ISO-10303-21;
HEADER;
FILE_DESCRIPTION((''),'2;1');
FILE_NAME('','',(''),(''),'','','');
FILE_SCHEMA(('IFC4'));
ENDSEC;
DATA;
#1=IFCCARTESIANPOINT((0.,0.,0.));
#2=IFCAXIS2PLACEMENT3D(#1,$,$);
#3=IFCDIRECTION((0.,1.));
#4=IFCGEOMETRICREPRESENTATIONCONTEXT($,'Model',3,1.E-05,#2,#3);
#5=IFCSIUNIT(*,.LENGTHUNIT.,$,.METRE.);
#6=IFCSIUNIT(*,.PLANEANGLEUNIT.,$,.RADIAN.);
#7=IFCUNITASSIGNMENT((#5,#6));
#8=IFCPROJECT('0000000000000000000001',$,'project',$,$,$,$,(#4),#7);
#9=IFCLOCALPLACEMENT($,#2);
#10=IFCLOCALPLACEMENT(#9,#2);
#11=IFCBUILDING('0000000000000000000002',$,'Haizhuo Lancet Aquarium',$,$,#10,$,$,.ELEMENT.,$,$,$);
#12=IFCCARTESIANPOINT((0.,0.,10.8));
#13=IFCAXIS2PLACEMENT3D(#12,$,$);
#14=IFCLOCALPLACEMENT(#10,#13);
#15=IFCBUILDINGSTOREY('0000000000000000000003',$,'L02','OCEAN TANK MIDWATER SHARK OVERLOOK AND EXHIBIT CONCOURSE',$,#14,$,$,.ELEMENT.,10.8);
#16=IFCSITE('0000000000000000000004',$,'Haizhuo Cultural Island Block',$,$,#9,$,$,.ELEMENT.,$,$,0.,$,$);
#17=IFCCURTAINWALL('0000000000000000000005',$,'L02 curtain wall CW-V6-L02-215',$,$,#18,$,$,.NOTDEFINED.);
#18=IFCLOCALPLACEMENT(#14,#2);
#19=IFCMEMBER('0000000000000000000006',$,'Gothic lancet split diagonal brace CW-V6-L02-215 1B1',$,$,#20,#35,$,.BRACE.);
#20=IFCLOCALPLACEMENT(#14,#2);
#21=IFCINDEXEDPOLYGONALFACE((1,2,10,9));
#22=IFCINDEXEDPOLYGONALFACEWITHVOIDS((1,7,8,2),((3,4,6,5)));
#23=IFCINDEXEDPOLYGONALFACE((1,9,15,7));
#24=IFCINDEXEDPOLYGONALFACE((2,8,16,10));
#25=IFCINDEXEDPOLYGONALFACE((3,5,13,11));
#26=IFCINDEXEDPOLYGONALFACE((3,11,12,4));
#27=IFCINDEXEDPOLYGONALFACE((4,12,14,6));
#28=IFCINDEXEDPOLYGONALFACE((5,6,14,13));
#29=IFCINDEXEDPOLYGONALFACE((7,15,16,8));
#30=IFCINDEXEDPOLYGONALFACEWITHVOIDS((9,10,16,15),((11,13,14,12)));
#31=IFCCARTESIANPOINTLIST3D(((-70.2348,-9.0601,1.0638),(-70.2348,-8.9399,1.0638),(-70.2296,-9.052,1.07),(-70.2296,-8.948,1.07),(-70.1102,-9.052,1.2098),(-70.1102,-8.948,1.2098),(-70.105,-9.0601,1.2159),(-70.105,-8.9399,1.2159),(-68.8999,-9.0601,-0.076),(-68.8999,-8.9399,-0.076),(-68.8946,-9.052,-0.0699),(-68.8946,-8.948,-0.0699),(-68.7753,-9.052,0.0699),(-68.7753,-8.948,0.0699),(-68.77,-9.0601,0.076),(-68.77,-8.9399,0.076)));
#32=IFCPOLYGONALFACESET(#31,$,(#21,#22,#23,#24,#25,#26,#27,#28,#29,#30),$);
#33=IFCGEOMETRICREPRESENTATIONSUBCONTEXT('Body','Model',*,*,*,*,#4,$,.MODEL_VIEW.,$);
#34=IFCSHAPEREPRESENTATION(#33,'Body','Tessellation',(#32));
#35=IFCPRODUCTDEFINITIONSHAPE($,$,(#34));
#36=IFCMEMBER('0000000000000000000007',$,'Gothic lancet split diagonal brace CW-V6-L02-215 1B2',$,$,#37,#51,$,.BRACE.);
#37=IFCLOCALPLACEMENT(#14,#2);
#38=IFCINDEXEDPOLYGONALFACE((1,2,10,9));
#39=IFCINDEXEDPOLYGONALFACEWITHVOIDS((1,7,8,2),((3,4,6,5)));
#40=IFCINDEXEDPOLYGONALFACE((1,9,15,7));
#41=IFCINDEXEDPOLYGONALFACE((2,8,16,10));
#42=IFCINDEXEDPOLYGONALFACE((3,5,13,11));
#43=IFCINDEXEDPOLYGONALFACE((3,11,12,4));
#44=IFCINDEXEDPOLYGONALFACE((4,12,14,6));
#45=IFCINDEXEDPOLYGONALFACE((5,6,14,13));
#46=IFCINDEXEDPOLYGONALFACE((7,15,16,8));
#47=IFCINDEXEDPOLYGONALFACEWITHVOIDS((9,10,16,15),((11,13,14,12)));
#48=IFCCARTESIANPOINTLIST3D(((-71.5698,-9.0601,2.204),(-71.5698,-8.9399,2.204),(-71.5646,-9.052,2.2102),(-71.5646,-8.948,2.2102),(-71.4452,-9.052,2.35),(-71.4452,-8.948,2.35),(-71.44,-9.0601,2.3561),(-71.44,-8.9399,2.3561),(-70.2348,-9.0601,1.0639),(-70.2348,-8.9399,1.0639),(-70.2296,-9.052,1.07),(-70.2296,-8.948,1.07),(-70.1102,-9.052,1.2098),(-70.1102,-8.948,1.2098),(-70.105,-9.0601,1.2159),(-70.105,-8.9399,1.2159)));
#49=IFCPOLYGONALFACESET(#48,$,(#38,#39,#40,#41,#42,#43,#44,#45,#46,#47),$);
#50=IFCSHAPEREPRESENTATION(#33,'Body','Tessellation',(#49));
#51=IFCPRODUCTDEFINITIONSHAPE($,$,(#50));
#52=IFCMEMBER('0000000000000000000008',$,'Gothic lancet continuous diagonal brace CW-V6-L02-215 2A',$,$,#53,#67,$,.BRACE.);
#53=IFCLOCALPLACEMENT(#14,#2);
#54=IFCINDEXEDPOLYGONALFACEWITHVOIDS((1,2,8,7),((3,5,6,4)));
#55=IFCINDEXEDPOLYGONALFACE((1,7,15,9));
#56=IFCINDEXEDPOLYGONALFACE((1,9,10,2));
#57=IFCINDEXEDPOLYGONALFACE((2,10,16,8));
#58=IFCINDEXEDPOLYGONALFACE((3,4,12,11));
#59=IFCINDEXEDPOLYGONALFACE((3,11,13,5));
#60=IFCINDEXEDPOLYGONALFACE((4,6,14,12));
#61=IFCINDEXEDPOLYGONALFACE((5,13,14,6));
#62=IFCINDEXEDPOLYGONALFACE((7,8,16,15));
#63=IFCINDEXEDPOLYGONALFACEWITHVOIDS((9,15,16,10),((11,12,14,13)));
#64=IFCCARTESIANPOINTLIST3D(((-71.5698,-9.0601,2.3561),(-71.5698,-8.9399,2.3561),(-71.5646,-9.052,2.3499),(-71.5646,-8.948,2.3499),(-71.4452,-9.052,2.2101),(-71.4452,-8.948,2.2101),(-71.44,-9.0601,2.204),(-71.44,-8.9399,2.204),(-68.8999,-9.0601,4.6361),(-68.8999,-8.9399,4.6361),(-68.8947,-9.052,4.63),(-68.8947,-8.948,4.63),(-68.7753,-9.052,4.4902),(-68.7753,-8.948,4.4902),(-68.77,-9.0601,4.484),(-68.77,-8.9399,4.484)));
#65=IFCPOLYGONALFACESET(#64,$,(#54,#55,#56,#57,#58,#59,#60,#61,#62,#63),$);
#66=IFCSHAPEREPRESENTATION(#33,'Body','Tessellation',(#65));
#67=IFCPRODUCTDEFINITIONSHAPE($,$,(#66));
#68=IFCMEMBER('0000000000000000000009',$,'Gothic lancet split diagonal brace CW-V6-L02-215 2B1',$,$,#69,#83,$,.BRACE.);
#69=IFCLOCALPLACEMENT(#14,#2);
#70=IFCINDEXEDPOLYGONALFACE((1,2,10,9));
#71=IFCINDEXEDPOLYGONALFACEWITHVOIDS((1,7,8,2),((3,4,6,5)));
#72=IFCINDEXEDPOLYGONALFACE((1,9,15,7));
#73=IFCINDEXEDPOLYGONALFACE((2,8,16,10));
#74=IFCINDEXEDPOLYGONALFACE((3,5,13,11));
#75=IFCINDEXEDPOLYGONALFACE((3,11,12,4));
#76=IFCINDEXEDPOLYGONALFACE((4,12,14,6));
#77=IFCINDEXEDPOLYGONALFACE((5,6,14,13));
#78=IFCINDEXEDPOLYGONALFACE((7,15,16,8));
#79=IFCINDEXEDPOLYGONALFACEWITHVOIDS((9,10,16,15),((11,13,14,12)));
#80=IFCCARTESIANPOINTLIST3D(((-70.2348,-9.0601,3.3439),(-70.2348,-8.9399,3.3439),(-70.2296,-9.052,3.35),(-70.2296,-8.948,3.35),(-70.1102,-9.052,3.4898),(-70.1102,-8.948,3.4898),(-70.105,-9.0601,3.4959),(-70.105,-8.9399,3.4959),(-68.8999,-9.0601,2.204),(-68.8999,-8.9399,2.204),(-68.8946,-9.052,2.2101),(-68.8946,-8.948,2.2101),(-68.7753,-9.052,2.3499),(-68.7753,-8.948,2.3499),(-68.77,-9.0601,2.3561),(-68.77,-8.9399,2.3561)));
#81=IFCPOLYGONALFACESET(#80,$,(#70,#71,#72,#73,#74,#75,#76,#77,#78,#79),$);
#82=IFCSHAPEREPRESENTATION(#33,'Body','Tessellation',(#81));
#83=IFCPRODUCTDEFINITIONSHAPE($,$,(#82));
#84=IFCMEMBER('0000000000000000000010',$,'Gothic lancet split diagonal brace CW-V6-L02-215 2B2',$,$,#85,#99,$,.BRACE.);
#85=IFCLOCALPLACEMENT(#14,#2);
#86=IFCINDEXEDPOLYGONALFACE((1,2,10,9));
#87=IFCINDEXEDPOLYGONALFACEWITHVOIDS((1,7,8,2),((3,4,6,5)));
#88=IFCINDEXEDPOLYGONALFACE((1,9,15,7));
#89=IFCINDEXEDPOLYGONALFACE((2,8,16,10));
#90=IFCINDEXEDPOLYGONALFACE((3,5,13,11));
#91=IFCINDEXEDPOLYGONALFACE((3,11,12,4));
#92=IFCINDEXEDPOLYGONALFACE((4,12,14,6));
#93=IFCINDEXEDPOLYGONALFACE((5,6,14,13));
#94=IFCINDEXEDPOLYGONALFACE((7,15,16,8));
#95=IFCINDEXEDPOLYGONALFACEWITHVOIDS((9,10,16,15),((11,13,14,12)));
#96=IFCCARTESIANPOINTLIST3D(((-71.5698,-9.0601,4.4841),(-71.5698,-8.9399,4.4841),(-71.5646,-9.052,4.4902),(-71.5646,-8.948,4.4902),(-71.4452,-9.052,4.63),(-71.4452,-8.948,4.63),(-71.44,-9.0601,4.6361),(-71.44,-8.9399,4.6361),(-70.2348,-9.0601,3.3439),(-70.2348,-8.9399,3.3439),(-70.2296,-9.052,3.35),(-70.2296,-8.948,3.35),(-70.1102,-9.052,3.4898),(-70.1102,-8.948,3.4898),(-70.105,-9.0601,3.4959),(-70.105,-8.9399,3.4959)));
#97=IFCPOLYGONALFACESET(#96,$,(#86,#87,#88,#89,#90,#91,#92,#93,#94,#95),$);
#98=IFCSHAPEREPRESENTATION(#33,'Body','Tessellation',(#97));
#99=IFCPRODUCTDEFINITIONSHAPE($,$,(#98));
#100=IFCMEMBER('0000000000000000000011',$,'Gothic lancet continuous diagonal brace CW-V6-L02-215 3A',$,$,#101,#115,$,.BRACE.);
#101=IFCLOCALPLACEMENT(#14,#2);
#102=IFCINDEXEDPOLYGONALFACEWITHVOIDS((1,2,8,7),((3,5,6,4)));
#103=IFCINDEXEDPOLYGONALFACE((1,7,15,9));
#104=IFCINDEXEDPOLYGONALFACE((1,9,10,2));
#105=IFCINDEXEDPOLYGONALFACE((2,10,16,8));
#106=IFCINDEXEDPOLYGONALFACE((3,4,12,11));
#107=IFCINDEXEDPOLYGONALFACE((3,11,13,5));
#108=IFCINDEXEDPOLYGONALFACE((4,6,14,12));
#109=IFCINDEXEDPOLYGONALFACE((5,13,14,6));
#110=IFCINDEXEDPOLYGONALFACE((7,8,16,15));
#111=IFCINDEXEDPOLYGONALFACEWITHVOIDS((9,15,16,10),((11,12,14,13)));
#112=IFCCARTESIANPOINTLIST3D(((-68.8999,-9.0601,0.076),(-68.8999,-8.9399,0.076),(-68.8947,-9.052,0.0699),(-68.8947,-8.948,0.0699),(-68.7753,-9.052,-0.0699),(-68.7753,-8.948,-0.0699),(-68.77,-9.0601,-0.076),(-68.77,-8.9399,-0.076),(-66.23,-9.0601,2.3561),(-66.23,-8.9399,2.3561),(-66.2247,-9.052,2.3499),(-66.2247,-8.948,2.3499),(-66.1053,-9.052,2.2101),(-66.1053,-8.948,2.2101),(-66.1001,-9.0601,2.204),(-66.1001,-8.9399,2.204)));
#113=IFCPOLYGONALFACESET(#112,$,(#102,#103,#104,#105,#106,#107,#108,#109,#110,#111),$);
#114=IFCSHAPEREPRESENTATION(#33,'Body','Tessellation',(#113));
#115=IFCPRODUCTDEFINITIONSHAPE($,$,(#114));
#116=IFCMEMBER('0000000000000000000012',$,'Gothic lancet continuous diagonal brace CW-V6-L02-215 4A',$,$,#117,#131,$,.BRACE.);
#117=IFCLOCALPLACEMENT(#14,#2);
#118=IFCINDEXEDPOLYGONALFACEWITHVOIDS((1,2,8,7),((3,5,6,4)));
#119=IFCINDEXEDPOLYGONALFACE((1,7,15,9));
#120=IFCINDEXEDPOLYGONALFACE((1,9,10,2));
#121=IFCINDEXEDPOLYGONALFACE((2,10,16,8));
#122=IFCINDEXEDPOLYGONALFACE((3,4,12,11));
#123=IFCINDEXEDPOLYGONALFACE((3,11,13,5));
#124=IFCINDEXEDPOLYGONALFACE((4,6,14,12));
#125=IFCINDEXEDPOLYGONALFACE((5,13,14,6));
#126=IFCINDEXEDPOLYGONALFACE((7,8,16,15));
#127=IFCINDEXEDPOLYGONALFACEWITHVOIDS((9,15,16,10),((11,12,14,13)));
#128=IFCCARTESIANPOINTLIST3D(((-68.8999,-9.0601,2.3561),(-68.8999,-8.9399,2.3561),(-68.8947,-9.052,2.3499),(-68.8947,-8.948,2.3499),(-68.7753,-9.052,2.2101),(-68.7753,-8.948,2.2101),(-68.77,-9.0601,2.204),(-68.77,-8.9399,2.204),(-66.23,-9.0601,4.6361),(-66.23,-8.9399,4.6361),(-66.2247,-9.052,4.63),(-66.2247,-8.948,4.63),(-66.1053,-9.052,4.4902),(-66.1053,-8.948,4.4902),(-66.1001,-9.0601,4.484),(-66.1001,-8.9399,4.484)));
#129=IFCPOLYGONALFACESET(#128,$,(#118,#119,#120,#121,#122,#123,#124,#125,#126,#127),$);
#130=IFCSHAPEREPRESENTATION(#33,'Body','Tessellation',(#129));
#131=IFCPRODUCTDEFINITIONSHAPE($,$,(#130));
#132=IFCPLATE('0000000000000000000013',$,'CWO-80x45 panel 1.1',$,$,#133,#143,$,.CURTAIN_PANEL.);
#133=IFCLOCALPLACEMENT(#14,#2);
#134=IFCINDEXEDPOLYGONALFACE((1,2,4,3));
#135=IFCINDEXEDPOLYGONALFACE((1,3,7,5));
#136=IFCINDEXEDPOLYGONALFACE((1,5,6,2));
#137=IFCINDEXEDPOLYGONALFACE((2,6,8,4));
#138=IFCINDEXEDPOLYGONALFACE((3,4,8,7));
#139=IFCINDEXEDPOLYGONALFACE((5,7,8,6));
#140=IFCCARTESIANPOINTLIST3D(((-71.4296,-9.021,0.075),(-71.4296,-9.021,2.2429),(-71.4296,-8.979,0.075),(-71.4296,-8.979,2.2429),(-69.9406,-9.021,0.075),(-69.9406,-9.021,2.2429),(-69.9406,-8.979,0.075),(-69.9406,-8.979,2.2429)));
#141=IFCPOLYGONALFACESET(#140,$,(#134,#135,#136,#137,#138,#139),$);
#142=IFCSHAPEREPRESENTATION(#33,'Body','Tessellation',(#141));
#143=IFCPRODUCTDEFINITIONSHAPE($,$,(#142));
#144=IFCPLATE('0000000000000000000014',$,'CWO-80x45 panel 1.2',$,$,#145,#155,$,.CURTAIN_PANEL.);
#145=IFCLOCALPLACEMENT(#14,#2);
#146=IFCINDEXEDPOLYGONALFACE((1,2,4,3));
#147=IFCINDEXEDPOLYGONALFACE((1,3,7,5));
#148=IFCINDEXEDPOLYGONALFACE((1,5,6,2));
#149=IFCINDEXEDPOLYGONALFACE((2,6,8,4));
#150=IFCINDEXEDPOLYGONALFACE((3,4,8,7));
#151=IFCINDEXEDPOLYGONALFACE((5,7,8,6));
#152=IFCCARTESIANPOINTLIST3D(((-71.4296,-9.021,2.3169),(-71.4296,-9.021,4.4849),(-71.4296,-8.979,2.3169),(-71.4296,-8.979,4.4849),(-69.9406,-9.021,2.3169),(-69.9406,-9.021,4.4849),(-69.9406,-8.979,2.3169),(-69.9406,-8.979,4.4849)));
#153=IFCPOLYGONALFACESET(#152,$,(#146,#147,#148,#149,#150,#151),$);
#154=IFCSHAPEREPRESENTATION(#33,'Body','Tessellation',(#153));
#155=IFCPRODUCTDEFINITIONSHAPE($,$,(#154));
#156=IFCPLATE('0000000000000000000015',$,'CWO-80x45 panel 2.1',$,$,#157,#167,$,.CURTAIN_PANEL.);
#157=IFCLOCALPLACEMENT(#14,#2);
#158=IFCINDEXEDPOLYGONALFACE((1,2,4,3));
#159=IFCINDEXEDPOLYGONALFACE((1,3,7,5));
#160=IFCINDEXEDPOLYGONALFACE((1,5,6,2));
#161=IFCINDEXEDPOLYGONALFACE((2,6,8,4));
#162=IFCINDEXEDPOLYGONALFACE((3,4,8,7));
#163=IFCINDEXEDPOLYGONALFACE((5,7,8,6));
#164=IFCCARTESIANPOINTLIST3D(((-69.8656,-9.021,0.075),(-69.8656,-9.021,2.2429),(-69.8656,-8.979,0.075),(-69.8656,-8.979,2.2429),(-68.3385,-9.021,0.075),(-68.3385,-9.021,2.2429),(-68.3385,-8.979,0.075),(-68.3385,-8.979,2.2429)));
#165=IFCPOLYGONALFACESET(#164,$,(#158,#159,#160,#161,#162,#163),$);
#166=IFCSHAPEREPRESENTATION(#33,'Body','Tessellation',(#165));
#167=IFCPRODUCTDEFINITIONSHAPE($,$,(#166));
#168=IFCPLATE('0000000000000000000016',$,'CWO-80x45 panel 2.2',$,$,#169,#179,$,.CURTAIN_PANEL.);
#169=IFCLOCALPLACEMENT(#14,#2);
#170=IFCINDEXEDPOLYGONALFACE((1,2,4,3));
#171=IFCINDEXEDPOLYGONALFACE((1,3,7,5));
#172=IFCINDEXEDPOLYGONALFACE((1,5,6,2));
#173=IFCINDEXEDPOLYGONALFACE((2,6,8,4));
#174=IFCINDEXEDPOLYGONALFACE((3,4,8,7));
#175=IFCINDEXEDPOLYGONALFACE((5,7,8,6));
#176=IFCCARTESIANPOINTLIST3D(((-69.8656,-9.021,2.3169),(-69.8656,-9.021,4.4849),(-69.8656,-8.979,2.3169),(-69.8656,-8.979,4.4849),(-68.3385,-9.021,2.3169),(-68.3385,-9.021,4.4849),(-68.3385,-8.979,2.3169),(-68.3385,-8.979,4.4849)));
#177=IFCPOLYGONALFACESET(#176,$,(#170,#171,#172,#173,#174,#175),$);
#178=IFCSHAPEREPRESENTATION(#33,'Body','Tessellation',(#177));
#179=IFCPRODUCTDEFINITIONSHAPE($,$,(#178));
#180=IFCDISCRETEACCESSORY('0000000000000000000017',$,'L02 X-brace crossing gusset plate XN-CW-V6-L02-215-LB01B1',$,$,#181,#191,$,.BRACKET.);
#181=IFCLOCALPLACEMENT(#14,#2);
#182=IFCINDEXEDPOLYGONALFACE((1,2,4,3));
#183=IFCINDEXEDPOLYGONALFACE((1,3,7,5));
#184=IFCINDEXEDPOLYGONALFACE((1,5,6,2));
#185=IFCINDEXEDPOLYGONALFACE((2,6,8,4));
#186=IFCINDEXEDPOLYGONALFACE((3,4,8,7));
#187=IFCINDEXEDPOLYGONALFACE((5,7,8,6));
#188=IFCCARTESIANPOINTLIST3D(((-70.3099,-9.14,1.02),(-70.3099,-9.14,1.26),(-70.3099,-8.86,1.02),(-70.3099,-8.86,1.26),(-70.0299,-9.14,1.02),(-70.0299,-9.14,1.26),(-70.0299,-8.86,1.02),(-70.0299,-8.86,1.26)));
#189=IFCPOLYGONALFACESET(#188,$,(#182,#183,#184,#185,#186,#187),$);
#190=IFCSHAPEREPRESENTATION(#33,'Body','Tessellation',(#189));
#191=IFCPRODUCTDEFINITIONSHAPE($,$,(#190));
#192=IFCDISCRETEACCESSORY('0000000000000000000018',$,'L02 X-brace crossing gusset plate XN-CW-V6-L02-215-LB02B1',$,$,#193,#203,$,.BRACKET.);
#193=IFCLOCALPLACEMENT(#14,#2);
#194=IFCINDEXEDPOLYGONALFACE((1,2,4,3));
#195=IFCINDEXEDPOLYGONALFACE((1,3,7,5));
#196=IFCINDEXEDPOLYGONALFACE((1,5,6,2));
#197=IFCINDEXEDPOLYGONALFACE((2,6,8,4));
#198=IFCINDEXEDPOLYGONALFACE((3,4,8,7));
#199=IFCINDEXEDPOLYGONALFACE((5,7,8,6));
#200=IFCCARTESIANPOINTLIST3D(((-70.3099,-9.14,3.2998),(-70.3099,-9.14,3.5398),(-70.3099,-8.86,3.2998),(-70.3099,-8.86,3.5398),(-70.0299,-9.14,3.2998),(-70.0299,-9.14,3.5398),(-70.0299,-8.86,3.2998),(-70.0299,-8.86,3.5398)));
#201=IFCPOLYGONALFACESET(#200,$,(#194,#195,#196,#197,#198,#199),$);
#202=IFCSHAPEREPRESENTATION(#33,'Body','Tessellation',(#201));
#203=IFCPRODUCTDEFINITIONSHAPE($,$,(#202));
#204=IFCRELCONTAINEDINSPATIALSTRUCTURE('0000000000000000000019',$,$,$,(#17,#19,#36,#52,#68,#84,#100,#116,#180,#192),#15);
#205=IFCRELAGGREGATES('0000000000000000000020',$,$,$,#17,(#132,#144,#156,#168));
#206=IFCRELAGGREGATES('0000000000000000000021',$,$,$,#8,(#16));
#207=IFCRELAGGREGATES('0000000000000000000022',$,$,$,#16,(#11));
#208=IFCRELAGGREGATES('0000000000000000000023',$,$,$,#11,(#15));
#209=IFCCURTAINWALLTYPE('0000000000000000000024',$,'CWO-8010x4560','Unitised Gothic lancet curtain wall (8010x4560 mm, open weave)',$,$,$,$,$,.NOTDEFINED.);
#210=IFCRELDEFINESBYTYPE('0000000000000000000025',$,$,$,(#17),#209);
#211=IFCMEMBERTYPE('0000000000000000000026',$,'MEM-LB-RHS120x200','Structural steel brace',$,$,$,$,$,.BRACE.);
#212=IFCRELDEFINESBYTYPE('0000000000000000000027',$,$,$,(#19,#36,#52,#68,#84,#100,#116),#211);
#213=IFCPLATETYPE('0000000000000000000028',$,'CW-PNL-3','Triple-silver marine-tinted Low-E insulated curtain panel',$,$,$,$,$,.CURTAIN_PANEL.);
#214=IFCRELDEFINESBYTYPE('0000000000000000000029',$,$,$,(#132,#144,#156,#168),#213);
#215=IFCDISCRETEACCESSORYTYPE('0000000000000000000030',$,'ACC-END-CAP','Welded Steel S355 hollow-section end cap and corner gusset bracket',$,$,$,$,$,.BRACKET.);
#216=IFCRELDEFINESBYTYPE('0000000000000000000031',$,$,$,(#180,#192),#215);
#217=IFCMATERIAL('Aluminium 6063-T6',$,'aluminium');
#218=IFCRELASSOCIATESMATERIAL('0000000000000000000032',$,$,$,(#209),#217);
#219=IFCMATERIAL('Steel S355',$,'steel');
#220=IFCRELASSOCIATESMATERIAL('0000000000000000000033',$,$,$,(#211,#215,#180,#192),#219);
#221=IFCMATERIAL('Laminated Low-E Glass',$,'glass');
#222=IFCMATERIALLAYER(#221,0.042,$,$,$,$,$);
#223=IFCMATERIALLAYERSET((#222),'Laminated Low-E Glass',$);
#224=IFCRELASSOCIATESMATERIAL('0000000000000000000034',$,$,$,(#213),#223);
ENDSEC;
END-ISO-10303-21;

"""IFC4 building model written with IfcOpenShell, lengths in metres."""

from ifc_helpers import new_model, si_unit, direction, frame, origin, origin_2d, place, context, subcontext, project, spatial, rectangle, hollow_rectangle, extrude, material, layer, layer_set, material_profile, profile_set, type_object, element, aggregate, save


model = new_model("IFC4")

# Units and contexts
model_context = context("Model", 3, precision=1e-05, world=origin(), true_north=direction((0.0, 1.0)))
body_context = subcontext(model_context, "Body", "Model", "MODEL_VIEW")
ifc_project = project(units=[si_unit("LENGTHUNIT", "METRE"), si_unit("PLANEANGLEUNIT", "RADIAN")], contexts=[model_context])

# Site, building, storey
site_placement = place(None, origin())
site = spatial("IfcSite", under=ifc_project, at=site_placement, Name="Haizhuo Cultural Island Block", CompositionType="ELEMENT", RefElevation=0.0)
building_placement = place(site_placement, origin())
building = spatial("IfcBuilding", under=site, at=building_placement, Name="Haizhuo Lancet Aquarium", CompositionType="ELEMENT")
storey_placement = place(building_placement, frame((0.0, 0.0, 10.8)))
storey = spatial("IfcBuildingStorey", under=building, at=storey_placement, Name="L02", Description="OCEAN TANK MIDWATER SHARK OVERLOOK AND EXHIBIT CONCOURSE", CompositionType="ELEMENT", Elevation=10.8)

# Curtain wall
ifc_material_1 = material(Name="Aluminium 6063-T6", Category="aluminium")
curtain_wall_type = type_object("IfcCurtainWallType", Name="CWO-8010x4560", Description="Unitised Gothic lancet curtain wall (8010x4560 mm, open weave)", PredefinedType="NOTDEFINED", material=ifc_material_1)
curtain_wall_placement = place(storey_placement, origin())
curtain_wall = element("IfcCurtainWall", 1, at=curtain_wall_placement, inside=storey, type_object=curtain_wall_type, Name="L02 curtain wall CW-V6-L02-215", PredefinedType="NOTDEFINED")

# Members
ifc_material_2 = material(Name="Steel S355", Category="steel")
ifc_material_profile_1 = material_profile(ifc_material_2, hollow_rectangle(XDim=0.1201, YDim=0.2, WallThickness=0.0081, at=origin_2d()), Name="RHS 120x200x8")
ifc_profile_set_1 = profile_set([ifc_material_profile_1], Name="Steel S355")
member_type_1 = type_object("IfcMemberType", Name="MEM-LB-RHS120x200", Description="Structural steel brace", PredefinedType="BRACE", material=ifc_profile_set_1)
member_1_placement = place(storey_placement, frame((-68.835, -9.0, 0.0), z_axis=(-0.760482, 0.0, 0.649359), x_axis=(0.0, -1.0, 0.0)))
element("IfcMember", 2, at=member_1_placement, inside=storey, type_object=member_type_1, Name="Gothic lancet split diagonal brace CW-V6-L02-215 1B1", PredefinedType="BRACE", context=body_context, shape_type="SweptSolid", body=[
    extrude(hollow_rectangle(XDim=0.1201, YDim=0.2, WallThickness=0.0081, at=origin_2d()), origin(), (0.0, 0.0, 1.0), 1.7554),
])
member_2_placement = place(storey_placement, frame((-70.1699, -9.0, 1.1399), z_axis=(-0.760414, 0.0, 0.649439), x_axis=(0.0, -1.0, 0.0)))
element("IfcMember", 3, at=member_2_placement, inside=storey, type_object=member_type_1, Name="Gothic lancet split diagonal brace CW-V6-L02-215 1B2", PredefinedType="BRACE", context=body_context, shape_type="SweptSolid", body=[
    extrude(hollow_rectangle(XDim=0.1201, YDim=0.2, WallThickness=0.0081, at=origin_2d()), origin(), (0.0, 0.0, 1.0), 1.7556),
])
member_3_placement = place(storey_placement, frame((-71.5049, -9.0, 2.28), z_axis=(0.760448, 0.0, 0.649399), x_axis=(0.0, 1.0, 0.0)))
element("IfcMember", 4, at=member_3_placement, inside=storey, type_object=member_type_1, Name="Gothic lancet continuous diagonal brace CW-V6-L02-215 2A", PredefinedType="BRACE", context=body_context, shape_type="SweptSolid", body=[
    extrude(hollow_rectangle(XDim=0.1201, YDim=0.2, WallThickness=0.0081, at=origin_2d()), origin(), (0.0, 0.0, 1.0), 3.511),
])
member_4_placement = place(storey_placement, frame((-68.835, -9.0, 2.28), z_axis=(-0.760482, 0.0, 0.649359), x_axis=(0.0, -1.0, 0.0)))
element("IfcMember", 5, at=member_4_placement, inside=storey, type_object=member_type_1, Name="Gothic lancet split diagonal brace CW-V6-L02-215 2B1", PredefinedType="BRACE", context=body_context, shape_type="SweptSolid", body=[
    extrude(hollow_rectangle(XDim=0.1201, YDim=0.2, WallThickness=0.0081, at=origin_2d()), origin(), (0.0, 0.0, 1.0), 1.7554),
])
member_5_placement = place(storey_placement, frame((-70.1699, -9.0, 3.4199), z_axis=(-0.760414, 0.0, 0.649439), x_axis=(0.0, -1.0, 0.0)))
element("IfcMember", 6, at=member_5_placement, inside=storey, type_object=member_type_1, Name="Gothic lancet split diagonal brace CW-V6-L02-215 2B2", PredefinedType="BRACE", context=body_context, shape_type="SweptSolid", body=[
    extrude(hollow_rectangle(XDim=0.1201, YDim=0.2, WallThickness=0.0081, at=origin_2d()), origin(), (0.0, 0.0, 1.0), 1.7556),
])
for number, where, z_axis, x_axis, name in (
    (7, (-68.835, -9.0, 0.0), (0.760448, 0.0, 0.649399), (0.0, 1.0, 0.0), "Gothic lancet continuous diagonal brace CW-V6-L02-215 3A"),
    (8, (-68.835, -9.0, 2.28), (0.760448, 0.0, 0.649399), (0.0, 1.0, 0.0), "Gothic lancet continuous diagonal brace CW-V6-L02-215 4A"),
):
    element("IfcMember", number, at=place(storey_placement, frame(where, z_axis=z_axis, x_axis=x_axis)), inside=storey, type_object=member_type_1, Name=name, PredefinedType="BRACE", context=body_context, shape_type="SweptSolid", body=[
        extrude(hollow_rectangle(XDim=0.1201, YDim=0.2, WallThickness=0.0081, at=origin_2d()), origin(), (0.0, 0.0, 1.0), 3.511),
    ])

# Plates
ifc_material_3 = material(Name="Laminated Low-E Glass", Category="glass")
ifc_layer = layer(ifc_material_3, 0.042)
ifc_layer_set = layer_set([ifc_layer], Name="Laminated Low-E Glass")
plate_type = type_object("IfcPlateType", Name="CW-PNL-3", Description="Triple-silver marine-tinted Low-E insulated curtain panel", PredefinedType="CURTAIN_PANEL", material=ifc_layer_set)
plate_1_placement = place(storey_placement, frame((-70.6851, -9.0, 0.075), z_axis=(0.0, 0.0, 1.0), x_axis=(1.0, 0.0, 0.0)))
plate_1 = element("IfcPlate", 9, at=plate_1_placement, type_object=plate_type, Name="CWO-80x45 panel 1.1", PredefinedType="CURTAIN_PANEL", context=body_context, shape_type="SweptSolid", body=[
    extrude(rectangle(XDim=1.489, YDim=0.042, at=origin_2d()), origin(), (0.0, 0.0, 1.0), 2.168),
])
plate_2_placement = place(storey_placement, frame((-70.6851, -9.0, 2.3169), z_axis=(0.0, 0.0, 1.0), x_axis=(1.0, 0.0, 0.0)))
plate_2 = element("IfcPlate", 10, at=plate_2_placement, type_object=plate_type, Name="CWO-80x45 panel 1.2", PredefinedType="CURTAIN_PANEL", context=body_context, shape_type="SweptSolid", body=[
    extrude(rectangle(XDim=1.489, YDim=0.042, at=origin_2d()), origin(), (0.0, 0.0, 1.0), 2.168),
])
plate_3_placement = place(storey_placement, frame((-69.1021, -9.0, 0.075), z_axis=(0.0, 0.0, 1.0), x_axis=(1.0, 0.0, 0.0)))
plate_3 = element("IfcPlate", 11, at=plate_3_placement, type_object=plate_type, Name="CWO-80x45 panel 2.1", PredefinedType="CURTAIN_PANEL", context=body_context, shape_type="SweptSolid", body=[
    extrude(rectangle(XDim=1.5271, YDim=0.042, at=origin_2d()), origin(), (0.0, 0.0, 1.0), 2.168),
])
plate_4_placement = place(storey_placement, frame((-69.1021, -9.0, 2.3169), z_axis=(0.0, 0.0, 1.0), x_axis=(1.0, 0.0, 0.0)))
plate_4 = element("IfcPlate", 12, at=plate_4_placement, type_object=plate_type, Name="CWO-80x45 panel 2.2", PredefinedType="CURTAIN_PANEL", context=body_context, shape_type="SweptSolid", body=[
    extrude(rectangle(XDim=1.5271, YDim=0.042, at=origin_2d()), origin(), (0.0, 0.0, 1.0), 2.168),
])
aggregate(curtain_wall, [plate_1, plate_2, plate_3, plate_4])

# Discrete accessories
discrete_accessory_type = type_object("IfcDiscreteAccessoryType", Name="ACC-END-CAP", Description="Welded Steel S355 hollow-section end cap and corner gusset bracket", PredefinedType="BRACKET", material=ifc_material_2)
for number, where, z_axis, x_axis, name in (
    (13, (-70.1699, -9.0, 1.02), (0.0, 0.0, 1.0), (1.0, 0.0, 0.0), "L02 X-brace crossing gusset plate XN-CW-V6-L02-215-LB01B1"),
    (14, (-70.1699, -9.0, 3.2998), (0.0, 0.0, 1.0), (1.0, 0.0, 0.0), "L02 X-brace crossing gusset plate XN-CW-V6-L02-215-LB02B1"),
):
    element("IfcDiscreteAccessory", number, at=place(storey_placement, frame(where, z_axis=z_axis, x_axis=x_axis)), inside=storey, type_object=discrete_accessory_type, material=ifc_material_2, Name=name, PredefinedType="BRACKET", context=body_context, shape_type="SweptSolid", body=[
        extrude(rectangle(XDim=0.28, YDim=0.28, at=origin_2d()), origin(), (0.0, 0.0, 1.0), 0.24),
    ])

save(model, "model.ifc")
